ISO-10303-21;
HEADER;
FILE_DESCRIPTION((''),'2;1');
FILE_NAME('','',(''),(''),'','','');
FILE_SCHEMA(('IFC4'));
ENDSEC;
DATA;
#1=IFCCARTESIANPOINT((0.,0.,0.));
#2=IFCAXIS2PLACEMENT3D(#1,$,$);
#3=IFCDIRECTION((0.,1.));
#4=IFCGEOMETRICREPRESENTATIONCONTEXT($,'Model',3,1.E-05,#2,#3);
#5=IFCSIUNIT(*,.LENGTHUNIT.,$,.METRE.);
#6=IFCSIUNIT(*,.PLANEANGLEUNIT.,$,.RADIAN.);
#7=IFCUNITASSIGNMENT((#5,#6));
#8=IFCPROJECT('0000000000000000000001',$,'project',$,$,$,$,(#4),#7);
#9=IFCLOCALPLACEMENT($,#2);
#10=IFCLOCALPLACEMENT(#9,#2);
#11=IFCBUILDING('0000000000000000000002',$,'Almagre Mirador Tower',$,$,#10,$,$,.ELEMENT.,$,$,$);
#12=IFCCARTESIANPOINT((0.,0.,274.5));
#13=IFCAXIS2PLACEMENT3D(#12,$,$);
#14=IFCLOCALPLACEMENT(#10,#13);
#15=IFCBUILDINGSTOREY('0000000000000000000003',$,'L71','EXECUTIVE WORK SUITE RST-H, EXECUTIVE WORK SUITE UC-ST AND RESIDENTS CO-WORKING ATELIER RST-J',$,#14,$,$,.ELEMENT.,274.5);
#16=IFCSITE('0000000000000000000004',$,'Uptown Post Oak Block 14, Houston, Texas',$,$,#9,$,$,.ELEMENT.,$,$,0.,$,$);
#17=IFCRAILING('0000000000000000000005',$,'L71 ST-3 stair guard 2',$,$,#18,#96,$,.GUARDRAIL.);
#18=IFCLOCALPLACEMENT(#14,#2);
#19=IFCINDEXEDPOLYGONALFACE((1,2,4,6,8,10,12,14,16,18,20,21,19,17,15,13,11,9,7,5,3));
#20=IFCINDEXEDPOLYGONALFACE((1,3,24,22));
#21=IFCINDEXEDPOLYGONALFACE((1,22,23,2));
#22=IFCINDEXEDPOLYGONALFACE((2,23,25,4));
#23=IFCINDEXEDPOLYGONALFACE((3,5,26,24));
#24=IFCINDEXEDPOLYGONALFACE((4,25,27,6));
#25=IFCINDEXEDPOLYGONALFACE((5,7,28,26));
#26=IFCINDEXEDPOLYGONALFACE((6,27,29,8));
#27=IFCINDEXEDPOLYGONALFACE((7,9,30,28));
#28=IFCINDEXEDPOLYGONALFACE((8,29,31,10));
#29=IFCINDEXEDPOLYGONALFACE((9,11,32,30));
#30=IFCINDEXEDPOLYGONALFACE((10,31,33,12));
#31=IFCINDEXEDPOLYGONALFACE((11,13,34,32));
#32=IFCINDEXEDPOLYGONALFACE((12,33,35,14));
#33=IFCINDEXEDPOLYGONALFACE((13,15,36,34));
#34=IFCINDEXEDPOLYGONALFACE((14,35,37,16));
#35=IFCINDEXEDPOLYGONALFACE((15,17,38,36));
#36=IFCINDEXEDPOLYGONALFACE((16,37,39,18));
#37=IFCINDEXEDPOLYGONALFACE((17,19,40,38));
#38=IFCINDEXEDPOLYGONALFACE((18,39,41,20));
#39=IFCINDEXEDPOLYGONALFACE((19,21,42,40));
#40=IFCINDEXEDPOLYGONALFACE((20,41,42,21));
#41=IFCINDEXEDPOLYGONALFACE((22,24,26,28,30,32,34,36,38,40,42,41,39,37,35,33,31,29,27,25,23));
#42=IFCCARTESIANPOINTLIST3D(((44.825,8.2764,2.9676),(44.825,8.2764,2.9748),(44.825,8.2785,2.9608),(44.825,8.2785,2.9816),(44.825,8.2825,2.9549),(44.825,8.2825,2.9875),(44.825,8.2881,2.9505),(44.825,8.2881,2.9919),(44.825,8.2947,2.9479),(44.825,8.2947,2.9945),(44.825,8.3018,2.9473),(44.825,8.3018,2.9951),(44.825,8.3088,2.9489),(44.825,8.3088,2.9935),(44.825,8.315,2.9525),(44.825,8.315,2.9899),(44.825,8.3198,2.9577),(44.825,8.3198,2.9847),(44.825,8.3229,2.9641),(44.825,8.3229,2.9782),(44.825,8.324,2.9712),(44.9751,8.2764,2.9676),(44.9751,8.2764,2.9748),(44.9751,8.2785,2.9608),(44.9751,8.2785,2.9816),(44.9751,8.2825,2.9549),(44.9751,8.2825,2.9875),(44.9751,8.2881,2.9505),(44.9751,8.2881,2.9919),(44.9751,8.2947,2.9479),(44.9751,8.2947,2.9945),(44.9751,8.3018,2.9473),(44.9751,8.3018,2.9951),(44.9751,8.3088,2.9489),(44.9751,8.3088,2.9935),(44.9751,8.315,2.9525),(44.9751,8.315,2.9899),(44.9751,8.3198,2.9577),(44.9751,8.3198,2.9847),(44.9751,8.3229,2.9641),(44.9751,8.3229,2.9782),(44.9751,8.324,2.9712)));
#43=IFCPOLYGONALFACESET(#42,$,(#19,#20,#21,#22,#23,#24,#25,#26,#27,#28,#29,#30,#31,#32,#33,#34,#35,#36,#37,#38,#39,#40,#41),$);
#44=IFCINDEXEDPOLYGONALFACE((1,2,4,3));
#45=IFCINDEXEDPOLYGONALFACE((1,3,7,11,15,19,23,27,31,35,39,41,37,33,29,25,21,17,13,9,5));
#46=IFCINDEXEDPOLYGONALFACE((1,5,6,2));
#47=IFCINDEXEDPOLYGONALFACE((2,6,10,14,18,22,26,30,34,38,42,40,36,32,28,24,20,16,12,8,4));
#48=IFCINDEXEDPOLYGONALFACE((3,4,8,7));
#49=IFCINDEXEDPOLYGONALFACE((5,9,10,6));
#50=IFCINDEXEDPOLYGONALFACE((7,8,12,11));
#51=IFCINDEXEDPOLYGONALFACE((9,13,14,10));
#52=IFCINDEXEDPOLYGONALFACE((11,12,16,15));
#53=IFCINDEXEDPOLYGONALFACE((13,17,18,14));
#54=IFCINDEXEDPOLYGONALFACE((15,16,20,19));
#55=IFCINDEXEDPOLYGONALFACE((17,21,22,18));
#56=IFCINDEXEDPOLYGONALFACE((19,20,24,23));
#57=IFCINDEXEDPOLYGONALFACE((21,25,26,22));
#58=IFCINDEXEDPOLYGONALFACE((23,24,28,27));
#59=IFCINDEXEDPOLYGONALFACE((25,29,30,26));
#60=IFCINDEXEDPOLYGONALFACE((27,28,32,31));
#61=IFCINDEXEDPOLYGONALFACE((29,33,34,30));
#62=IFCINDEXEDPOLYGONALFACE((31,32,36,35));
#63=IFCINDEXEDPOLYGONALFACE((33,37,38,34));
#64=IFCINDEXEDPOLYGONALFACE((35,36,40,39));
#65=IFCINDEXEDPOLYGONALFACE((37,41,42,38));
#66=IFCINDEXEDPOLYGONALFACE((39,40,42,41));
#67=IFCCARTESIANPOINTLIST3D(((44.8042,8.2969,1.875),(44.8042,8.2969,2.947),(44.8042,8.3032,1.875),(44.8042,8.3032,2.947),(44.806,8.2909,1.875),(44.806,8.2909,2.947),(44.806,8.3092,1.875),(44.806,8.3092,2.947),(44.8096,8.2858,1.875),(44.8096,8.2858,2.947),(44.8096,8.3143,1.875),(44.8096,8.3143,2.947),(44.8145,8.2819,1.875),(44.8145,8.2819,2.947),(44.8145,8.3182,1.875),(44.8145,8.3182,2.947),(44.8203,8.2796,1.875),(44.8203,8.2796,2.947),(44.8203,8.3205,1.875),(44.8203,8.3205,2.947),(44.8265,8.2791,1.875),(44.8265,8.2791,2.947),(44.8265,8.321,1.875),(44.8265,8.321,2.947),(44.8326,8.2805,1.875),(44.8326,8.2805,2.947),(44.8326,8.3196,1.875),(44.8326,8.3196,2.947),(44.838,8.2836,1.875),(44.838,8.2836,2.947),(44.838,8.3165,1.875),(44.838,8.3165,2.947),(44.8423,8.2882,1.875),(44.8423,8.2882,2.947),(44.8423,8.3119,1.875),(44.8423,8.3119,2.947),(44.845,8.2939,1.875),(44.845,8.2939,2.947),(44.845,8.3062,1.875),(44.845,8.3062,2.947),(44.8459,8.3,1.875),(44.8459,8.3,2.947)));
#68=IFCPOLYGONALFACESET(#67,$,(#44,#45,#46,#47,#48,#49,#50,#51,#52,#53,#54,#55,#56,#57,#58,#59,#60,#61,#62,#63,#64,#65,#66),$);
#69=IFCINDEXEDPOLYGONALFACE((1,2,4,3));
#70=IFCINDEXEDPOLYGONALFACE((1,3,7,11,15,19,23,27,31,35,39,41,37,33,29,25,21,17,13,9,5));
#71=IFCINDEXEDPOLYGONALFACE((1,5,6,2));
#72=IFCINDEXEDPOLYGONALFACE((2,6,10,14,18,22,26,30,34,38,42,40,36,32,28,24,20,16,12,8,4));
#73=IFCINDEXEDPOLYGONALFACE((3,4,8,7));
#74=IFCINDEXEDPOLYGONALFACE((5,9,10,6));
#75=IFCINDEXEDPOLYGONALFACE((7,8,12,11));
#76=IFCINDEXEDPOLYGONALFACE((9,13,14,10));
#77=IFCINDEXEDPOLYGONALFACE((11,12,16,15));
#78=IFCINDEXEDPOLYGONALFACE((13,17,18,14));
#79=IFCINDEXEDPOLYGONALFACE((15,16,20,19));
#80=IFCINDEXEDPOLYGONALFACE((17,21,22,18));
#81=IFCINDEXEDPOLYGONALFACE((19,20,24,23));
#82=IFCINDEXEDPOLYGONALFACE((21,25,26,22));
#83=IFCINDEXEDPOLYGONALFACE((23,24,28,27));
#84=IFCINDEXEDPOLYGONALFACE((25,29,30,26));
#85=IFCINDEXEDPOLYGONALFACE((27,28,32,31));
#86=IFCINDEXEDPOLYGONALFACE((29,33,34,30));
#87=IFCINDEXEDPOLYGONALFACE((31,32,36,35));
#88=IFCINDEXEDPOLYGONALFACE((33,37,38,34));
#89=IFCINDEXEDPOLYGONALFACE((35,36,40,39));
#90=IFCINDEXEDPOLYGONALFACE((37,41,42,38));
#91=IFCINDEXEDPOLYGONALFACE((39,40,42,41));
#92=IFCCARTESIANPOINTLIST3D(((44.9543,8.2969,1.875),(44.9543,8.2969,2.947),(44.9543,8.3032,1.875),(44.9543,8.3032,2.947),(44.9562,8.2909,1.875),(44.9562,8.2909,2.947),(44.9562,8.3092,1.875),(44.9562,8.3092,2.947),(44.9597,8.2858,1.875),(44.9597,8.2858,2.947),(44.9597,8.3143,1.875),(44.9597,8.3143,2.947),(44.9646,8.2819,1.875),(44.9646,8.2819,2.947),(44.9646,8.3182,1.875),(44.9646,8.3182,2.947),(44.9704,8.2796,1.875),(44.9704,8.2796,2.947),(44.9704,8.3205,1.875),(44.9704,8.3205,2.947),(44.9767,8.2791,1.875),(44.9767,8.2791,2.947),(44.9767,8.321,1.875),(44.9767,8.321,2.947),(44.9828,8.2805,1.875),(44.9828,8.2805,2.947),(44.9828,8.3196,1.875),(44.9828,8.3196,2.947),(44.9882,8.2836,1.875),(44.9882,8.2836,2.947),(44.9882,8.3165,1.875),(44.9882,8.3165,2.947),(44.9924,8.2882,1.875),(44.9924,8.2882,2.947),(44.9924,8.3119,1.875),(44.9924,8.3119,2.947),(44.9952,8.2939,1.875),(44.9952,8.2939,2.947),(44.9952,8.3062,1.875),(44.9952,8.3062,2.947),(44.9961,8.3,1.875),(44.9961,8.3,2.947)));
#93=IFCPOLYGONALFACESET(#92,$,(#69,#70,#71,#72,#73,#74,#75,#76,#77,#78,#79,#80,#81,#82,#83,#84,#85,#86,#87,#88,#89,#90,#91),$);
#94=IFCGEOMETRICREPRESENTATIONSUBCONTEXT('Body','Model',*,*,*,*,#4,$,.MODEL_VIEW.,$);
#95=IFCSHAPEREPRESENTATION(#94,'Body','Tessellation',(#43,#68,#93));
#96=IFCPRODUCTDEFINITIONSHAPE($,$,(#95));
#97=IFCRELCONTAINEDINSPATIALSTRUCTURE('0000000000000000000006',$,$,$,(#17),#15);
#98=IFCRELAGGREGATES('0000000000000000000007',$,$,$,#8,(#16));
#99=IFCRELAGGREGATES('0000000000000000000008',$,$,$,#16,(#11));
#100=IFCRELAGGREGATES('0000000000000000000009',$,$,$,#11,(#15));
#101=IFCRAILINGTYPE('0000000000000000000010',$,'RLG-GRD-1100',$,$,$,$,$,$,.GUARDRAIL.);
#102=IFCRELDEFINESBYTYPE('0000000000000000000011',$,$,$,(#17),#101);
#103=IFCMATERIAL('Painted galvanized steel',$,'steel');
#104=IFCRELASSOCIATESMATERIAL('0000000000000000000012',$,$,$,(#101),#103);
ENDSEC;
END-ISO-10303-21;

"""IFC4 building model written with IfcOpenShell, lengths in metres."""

from ifc_helpers import new_model, si_unit, direction, frame, origin, origin_2d, place, context, subcontext, project, spatial, circle, extrude, material, type_object, element, save


model = new_model("IFC4")

# Units and contexts
model_context = context("Model", 3, precision=1e-05, world=origin(), true_north=direction((0.0, 1.0)))
body_context = subcontext(model_context, "Body", "Model", "MODEL_VIEW")
ifc_project = project(units=[si_unit("LENGTHUNIT", "METRE"), si_unit("PLANEANGLEUNIT", "RADIAN")], contexts=[model_context])

# Site, building, storey
site_placement = place(None, origin())
site = spatial("IfcSite", under=ifc_project, at=site_placement, Name="Uptown Post Oak Block 14, Houston, Texas", CompositionType="ELEMENT", RefElevation=0.0)
building_placement = place(site_placement, origin())
building = spatial("IfcBuilding", under=site, at=building_placement, Name="Almagre Mirador Tower", CompositionType="ELEMENT")
storey_placement = place(building_placement, frame((0.0, 0.0, 274.5)))
storey = spatial("IfcBuildingStorey", under=building, at=storey_placement, Name="L71", Description="EXECUTIVE WORK SUITE RST-H, EXECUTIVE WORK SUITE UC-ST AND RESIDENTS CO-WORKING ATELIER RST-J", CompositionType="ELEMENT", Elevation=274.5)

# Railing
ifc_material_1 = material(Name="Painted galvanized steel", Category="steel")
railing_type_1 = type_object("IfcRailingType", Name="RLG-GRD-1100", PredefinedType="GUARDRAIL", material=ifc_material_1)
railing_1_placement = place(storey_placement, frame((44.825, 8.3, 1.875)))
element("IfcRailing", 1, at=railing_1_placement, inside=storey, type_object=railing_type_1, Name="L71 ST-3 stair guard 2", PredefinedType="GUARDRAIL", context=body_context, shape_type="SweptSolid", body=[
    extrude(circle(Radius=0.0239, at=origin_2d()), frame((0.0, 0.0, 1.0962), z_axis=(1.0, 0.0, 0.0), x_axis=(0.0, 1.0, 0.0)), (0.0, 0.0, 1.0), 0.1501),
    extrude(circle(Radius=0.021, at=origin_2d()), origin(), (0.0, 0.0, 1.0), 1.072),
    extrude(circle(Radius=0.021, at=origin_2d()), frame((0.1501, 0.0, 0.0)), (0.0, 0.0, 1.0), 1.072),
])

save(model, "model.ifc")
